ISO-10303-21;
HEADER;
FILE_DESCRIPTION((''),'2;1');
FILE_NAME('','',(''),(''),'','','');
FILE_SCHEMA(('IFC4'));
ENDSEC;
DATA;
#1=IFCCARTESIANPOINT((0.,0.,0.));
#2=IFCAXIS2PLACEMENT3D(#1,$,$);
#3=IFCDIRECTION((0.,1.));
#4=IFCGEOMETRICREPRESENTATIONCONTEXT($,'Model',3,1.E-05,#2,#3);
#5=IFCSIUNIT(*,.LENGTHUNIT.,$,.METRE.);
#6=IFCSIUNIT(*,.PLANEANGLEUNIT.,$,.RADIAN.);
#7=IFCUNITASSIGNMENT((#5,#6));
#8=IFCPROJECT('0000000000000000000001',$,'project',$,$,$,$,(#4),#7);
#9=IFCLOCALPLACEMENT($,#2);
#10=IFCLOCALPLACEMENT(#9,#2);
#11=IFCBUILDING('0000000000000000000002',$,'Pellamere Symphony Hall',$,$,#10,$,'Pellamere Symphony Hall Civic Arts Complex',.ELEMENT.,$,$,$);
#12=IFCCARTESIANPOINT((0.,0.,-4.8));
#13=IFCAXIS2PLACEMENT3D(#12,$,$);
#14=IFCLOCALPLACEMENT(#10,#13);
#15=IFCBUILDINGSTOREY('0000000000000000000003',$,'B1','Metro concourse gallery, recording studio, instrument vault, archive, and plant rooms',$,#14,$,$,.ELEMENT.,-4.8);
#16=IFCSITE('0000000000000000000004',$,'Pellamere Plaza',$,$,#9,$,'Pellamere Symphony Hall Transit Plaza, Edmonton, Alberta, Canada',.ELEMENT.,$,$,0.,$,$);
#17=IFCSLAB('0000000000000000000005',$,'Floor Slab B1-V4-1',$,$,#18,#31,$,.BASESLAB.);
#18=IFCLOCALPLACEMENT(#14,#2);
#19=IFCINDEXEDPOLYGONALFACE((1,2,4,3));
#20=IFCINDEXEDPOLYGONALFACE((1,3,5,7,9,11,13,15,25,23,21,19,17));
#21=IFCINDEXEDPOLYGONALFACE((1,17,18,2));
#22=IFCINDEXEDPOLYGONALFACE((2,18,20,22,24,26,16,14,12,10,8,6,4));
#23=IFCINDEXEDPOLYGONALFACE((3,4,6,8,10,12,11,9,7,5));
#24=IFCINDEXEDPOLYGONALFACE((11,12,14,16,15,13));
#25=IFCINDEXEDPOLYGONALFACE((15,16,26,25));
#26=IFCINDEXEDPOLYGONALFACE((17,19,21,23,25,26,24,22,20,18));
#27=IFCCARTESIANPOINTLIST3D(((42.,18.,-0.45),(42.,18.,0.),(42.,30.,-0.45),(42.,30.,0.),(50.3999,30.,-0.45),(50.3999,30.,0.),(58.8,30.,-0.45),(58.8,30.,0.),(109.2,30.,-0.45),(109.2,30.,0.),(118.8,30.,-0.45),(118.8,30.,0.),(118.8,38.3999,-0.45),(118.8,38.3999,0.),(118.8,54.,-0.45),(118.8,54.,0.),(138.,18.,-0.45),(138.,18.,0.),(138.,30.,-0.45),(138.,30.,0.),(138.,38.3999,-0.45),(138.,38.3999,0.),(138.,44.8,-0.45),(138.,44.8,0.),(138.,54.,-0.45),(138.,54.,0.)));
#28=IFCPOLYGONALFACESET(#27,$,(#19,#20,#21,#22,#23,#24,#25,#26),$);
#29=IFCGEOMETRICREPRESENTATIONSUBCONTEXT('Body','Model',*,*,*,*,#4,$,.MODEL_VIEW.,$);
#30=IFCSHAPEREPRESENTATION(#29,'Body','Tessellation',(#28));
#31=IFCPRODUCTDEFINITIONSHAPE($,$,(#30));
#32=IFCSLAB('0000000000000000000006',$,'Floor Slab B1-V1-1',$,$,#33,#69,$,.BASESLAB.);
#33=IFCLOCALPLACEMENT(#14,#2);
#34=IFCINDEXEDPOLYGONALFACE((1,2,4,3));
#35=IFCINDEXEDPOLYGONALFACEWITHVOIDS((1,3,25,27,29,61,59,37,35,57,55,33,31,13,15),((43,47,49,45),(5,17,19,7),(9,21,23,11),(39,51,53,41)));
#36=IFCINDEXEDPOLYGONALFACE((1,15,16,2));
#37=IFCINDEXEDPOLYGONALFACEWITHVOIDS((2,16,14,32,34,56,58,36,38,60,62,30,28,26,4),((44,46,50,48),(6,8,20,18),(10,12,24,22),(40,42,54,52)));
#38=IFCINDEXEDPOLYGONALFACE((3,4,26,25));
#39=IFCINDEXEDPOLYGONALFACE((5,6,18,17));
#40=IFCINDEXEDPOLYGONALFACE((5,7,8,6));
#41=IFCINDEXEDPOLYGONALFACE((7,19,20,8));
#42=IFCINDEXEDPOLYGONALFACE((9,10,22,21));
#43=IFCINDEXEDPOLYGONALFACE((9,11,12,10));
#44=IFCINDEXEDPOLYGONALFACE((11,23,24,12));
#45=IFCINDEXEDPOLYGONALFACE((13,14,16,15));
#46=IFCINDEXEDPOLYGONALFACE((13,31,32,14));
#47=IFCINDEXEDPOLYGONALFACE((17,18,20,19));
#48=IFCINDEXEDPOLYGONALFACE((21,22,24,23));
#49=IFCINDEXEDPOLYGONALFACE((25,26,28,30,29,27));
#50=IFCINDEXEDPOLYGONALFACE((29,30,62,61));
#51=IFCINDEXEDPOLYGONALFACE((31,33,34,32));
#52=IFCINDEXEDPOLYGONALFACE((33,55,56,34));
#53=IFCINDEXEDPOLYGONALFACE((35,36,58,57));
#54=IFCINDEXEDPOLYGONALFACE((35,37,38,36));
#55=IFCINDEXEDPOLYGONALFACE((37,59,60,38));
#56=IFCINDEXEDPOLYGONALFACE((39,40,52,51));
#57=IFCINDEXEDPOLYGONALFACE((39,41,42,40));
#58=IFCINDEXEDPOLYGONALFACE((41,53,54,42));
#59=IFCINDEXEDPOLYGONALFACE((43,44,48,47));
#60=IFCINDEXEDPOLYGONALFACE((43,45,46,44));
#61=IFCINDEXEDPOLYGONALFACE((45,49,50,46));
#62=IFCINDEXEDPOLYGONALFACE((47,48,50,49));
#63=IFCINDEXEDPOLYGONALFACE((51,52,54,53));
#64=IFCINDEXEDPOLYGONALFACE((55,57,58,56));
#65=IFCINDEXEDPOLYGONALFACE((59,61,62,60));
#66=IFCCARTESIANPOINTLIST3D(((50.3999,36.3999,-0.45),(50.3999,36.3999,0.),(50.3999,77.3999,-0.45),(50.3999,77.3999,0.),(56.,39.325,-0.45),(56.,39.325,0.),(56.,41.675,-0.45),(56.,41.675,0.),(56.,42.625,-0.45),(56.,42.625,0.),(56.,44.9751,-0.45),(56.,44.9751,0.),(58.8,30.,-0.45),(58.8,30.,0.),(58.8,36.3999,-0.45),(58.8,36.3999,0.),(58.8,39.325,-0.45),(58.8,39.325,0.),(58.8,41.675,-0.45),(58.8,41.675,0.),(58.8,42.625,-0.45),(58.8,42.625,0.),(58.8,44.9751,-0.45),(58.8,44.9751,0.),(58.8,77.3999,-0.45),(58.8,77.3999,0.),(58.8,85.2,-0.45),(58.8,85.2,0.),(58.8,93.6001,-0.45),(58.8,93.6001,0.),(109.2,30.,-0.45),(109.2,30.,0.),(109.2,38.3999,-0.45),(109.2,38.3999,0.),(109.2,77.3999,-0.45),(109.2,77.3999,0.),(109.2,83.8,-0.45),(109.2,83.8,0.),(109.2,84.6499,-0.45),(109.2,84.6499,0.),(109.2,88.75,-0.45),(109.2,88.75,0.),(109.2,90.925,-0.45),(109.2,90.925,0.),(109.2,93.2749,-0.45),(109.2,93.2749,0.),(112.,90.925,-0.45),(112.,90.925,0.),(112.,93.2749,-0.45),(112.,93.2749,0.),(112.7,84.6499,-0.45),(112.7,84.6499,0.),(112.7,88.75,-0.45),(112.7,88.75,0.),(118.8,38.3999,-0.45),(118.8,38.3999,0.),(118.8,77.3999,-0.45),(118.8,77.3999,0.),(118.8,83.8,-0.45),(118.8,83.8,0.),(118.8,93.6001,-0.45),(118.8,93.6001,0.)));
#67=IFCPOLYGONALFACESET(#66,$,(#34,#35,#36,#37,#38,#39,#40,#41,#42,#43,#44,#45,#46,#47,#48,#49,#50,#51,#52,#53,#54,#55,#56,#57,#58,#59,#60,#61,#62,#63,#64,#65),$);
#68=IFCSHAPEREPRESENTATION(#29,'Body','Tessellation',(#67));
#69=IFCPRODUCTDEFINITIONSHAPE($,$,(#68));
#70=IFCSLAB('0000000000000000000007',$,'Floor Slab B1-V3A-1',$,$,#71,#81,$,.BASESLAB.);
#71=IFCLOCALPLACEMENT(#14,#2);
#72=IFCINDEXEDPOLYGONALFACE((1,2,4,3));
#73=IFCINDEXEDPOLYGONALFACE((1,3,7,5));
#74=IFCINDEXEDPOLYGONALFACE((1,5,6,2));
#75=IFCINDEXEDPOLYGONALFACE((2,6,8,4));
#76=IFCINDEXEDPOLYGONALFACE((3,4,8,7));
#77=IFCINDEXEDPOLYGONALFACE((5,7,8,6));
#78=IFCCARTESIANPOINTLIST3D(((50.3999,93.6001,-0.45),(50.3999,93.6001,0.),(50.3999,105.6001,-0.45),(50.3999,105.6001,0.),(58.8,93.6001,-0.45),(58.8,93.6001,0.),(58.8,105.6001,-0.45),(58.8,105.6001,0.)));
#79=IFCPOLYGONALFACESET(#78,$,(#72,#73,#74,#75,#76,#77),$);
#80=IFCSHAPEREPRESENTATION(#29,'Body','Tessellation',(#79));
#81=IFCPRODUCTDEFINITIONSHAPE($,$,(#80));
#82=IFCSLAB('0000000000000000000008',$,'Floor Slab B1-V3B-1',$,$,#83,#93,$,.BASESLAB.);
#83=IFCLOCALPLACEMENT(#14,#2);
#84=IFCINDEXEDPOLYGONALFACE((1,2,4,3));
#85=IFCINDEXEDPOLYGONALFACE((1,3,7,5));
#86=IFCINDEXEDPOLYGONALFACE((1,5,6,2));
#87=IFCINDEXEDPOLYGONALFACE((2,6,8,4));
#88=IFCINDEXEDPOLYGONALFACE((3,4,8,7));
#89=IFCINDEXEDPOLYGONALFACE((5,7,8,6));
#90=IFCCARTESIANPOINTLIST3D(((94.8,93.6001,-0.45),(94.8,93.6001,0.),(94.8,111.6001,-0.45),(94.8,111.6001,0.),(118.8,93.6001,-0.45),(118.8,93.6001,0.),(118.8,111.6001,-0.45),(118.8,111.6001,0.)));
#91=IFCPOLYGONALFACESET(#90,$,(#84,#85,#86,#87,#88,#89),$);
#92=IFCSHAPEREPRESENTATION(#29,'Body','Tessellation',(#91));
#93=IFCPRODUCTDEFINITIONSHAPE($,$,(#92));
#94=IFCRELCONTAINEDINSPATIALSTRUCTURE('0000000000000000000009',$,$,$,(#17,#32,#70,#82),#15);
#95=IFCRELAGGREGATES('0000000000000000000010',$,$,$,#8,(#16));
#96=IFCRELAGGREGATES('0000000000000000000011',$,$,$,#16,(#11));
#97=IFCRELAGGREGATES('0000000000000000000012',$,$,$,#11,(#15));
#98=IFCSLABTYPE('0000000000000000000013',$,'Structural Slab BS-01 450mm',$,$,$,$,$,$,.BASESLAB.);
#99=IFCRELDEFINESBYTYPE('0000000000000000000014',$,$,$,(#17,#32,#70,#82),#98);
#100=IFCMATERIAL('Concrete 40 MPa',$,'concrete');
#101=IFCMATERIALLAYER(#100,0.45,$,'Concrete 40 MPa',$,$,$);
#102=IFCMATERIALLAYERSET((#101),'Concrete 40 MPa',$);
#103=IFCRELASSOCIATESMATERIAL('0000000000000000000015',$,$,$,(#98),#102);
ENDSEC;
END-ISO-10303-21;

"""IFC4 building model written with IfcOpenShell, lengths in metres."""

from ifc_helpers import new_model, si_unit, direction, frame, origin, place, context, subcontext, project, spatial, polyline, outline, extrude, material, layer, layer_set, type_object, element, save


model = new_model("IFC4")

# Units and contexts
model_context = context("Model", 3, precision=1e-05, world=origin(), true_north=direction((0.0, 1.0)))
body_context = subcontext(model_context, "Body", "Model", "MODEL_VIEW")
ifc_project = project(units=[si_unit("LENGTHUNIT", "METRE"), si_unit("PLANEANGLEUNIT", "RADIAN")], contexts=[model_context])

# Site, building, storey
site_placement = place(None, origin())
site = spatial("IfcSite", under=ifc_project, at=site_placement, Name="Pellamere Plaza", LongName="Pellamere Symphony Hall Transit Plaza, Edmonton, Alberta, Canada", CompositionType="ELEMENT", RefElevation=0.0)
building_placement = place(site_placement, origin())
building = spatial("IfcBuilding", under=site, at=building_placement, Name="Pellamere Symphony Hall", LongName="Pellamere Symphony Hall Civic Arts Complex", CompositionType="ELEMENT")
storey_placement = place(building_placement, frame((0.0, 0.0, -4.8)))
storey = spatial("IfcBuildingStorey", under=building, at=storey_placement, Name="B1", Description="Metro concourse gallery, recording studio, instrument vault, archive, and plant rooms", CompositionType="ELEMENT", Elevation=-4.8)

# Shared definitions
ifc_material_1 = material(Name="Concrete 40 MPa", Category="concrete")

# Slabs
ifc_layer_1 = layer(ifc_material_1, 0.45, Name="Concrete 40 MPa")
ifc_layer_set_1 = layer_set([ifc_layer_1], Name="Concrete 40 MPa")
slab_type = type_object("IfcSlabType", Name="Structural Slab BS-01 450mm", PredefinedType="BASESLAB", material=ifc_layer_set_1)
slab_1_placement = place(storey_placement, frame((0.0, 0.0, -0.45)))
element("IfcSlab", 1, at=slab_1_placement, inside=storey, type_object=slab_type, Name="Floor Slab B1-V4-1", PredefinedType="BASESLAB", context=body_context, shape_type="SweptSolid", body=[
    extrude(outline(polyline([(42.0, 18.0), (42.0, 30.0), (50.3999, 30.0), (58.8, 30.0), (109.2, 30.0), (118.8, 30.0), (118.8, 38.3999), (118.8, 54.0), (138.0, 54.0), (138.0, 44.8), (138.0, 38.3999), (138.0, 30.0), (138.0, 18.0), (42.0, 18.0)])), origin(), (0.0, 0.0, 1.0), 0.45),
])
slab_2_placement = place(storey_placement, frame((0.0, 0.0, -0.45)))
element("IfcSlab", 2, at=slab_2_placement, inside=storey, type_object=slab_type, Name="Floor Slab B1-V1-1", PredefinedType="BASESLAB", context=body_context, shape_type="SweptSolid", body=[
    extrude(outline(polyline([(118.8, 38.3999), (109.2, 38.3999), (109.2, 30.0), (58.8, 30.0), (58.8, 36.3999), (50.3999, 36.3999), (50.3999, 77.3999), (58.8, 77.3999), (58.8, 85.2), (58.8, 93.6001), (118.8, 93.6001), (118.8, 83.8), (109.2, 83.8), (109.2, 77.3999), (118.8, 77.3999), (118.8, 38.3999)]), holes=[polyline([(58.8, 41.675), (56.0, 41.675), (56.0, 39.325), (58.8, 39.325), (58.8, 41.675)]), polyline([(58.8, 44.9751), (56.0, 44.9751), (56.0, 42.625), (58.8, 42.625), (58.8, 44.9751)]), polyline([(112.7, 88.75), (109.2, 88.75), (109.2, 84.6499), (112.7, 84.6499), (112.7, 88.75)]), polyline([(112.0, 90.925), (112.0, 93.2749), (109.2, 93.2749), (109.2, 90.925), (112.0, 90.925)])]), origin(), (0.0, 0.0, 1.0), 0.45),
])
slab_3_placement = place(storey_placement, frame((0.0, 0.0, -0.45)))
element("IfcSlab", 3, at=slab_3_placement, inside=storey, type_object=slab_type, Name="Floor Slab B1-V3A-1", PredefinedType="BASESLAB", context=body_context, shape_type="SweptSolid", body=[
    extrude(outline(polyline([(58.8, 93.6001), (50.3999, 93.6001), (50.3999, 105.6001), (58.8, 105.6001), (58.8, 93.6001)])), origin(), (0.0, 0.0, 1.0), 0.45),
])
slab_4_placement = place(storey_placement, frame((0.0, 0.0, -0.45)))
element("IfcSlab", 4, at=slab_4_placement, inside=storey, type_object=slab_type, Name="Floor Slab B1-V3B-1", PredefinedType="BASESLAB", context=body_context, shape_type="SweptSolid", body=[
    extrude(outline(polyline([(94.8, 93.6001), (94.8, 111.6001), (118.8, 111.6001), (118.8, 93.6001), (94.8, 93.6001)])), origin(), (0.0, 0.0, 1.0), 0.45),
])

save(model, "model.ifc")
